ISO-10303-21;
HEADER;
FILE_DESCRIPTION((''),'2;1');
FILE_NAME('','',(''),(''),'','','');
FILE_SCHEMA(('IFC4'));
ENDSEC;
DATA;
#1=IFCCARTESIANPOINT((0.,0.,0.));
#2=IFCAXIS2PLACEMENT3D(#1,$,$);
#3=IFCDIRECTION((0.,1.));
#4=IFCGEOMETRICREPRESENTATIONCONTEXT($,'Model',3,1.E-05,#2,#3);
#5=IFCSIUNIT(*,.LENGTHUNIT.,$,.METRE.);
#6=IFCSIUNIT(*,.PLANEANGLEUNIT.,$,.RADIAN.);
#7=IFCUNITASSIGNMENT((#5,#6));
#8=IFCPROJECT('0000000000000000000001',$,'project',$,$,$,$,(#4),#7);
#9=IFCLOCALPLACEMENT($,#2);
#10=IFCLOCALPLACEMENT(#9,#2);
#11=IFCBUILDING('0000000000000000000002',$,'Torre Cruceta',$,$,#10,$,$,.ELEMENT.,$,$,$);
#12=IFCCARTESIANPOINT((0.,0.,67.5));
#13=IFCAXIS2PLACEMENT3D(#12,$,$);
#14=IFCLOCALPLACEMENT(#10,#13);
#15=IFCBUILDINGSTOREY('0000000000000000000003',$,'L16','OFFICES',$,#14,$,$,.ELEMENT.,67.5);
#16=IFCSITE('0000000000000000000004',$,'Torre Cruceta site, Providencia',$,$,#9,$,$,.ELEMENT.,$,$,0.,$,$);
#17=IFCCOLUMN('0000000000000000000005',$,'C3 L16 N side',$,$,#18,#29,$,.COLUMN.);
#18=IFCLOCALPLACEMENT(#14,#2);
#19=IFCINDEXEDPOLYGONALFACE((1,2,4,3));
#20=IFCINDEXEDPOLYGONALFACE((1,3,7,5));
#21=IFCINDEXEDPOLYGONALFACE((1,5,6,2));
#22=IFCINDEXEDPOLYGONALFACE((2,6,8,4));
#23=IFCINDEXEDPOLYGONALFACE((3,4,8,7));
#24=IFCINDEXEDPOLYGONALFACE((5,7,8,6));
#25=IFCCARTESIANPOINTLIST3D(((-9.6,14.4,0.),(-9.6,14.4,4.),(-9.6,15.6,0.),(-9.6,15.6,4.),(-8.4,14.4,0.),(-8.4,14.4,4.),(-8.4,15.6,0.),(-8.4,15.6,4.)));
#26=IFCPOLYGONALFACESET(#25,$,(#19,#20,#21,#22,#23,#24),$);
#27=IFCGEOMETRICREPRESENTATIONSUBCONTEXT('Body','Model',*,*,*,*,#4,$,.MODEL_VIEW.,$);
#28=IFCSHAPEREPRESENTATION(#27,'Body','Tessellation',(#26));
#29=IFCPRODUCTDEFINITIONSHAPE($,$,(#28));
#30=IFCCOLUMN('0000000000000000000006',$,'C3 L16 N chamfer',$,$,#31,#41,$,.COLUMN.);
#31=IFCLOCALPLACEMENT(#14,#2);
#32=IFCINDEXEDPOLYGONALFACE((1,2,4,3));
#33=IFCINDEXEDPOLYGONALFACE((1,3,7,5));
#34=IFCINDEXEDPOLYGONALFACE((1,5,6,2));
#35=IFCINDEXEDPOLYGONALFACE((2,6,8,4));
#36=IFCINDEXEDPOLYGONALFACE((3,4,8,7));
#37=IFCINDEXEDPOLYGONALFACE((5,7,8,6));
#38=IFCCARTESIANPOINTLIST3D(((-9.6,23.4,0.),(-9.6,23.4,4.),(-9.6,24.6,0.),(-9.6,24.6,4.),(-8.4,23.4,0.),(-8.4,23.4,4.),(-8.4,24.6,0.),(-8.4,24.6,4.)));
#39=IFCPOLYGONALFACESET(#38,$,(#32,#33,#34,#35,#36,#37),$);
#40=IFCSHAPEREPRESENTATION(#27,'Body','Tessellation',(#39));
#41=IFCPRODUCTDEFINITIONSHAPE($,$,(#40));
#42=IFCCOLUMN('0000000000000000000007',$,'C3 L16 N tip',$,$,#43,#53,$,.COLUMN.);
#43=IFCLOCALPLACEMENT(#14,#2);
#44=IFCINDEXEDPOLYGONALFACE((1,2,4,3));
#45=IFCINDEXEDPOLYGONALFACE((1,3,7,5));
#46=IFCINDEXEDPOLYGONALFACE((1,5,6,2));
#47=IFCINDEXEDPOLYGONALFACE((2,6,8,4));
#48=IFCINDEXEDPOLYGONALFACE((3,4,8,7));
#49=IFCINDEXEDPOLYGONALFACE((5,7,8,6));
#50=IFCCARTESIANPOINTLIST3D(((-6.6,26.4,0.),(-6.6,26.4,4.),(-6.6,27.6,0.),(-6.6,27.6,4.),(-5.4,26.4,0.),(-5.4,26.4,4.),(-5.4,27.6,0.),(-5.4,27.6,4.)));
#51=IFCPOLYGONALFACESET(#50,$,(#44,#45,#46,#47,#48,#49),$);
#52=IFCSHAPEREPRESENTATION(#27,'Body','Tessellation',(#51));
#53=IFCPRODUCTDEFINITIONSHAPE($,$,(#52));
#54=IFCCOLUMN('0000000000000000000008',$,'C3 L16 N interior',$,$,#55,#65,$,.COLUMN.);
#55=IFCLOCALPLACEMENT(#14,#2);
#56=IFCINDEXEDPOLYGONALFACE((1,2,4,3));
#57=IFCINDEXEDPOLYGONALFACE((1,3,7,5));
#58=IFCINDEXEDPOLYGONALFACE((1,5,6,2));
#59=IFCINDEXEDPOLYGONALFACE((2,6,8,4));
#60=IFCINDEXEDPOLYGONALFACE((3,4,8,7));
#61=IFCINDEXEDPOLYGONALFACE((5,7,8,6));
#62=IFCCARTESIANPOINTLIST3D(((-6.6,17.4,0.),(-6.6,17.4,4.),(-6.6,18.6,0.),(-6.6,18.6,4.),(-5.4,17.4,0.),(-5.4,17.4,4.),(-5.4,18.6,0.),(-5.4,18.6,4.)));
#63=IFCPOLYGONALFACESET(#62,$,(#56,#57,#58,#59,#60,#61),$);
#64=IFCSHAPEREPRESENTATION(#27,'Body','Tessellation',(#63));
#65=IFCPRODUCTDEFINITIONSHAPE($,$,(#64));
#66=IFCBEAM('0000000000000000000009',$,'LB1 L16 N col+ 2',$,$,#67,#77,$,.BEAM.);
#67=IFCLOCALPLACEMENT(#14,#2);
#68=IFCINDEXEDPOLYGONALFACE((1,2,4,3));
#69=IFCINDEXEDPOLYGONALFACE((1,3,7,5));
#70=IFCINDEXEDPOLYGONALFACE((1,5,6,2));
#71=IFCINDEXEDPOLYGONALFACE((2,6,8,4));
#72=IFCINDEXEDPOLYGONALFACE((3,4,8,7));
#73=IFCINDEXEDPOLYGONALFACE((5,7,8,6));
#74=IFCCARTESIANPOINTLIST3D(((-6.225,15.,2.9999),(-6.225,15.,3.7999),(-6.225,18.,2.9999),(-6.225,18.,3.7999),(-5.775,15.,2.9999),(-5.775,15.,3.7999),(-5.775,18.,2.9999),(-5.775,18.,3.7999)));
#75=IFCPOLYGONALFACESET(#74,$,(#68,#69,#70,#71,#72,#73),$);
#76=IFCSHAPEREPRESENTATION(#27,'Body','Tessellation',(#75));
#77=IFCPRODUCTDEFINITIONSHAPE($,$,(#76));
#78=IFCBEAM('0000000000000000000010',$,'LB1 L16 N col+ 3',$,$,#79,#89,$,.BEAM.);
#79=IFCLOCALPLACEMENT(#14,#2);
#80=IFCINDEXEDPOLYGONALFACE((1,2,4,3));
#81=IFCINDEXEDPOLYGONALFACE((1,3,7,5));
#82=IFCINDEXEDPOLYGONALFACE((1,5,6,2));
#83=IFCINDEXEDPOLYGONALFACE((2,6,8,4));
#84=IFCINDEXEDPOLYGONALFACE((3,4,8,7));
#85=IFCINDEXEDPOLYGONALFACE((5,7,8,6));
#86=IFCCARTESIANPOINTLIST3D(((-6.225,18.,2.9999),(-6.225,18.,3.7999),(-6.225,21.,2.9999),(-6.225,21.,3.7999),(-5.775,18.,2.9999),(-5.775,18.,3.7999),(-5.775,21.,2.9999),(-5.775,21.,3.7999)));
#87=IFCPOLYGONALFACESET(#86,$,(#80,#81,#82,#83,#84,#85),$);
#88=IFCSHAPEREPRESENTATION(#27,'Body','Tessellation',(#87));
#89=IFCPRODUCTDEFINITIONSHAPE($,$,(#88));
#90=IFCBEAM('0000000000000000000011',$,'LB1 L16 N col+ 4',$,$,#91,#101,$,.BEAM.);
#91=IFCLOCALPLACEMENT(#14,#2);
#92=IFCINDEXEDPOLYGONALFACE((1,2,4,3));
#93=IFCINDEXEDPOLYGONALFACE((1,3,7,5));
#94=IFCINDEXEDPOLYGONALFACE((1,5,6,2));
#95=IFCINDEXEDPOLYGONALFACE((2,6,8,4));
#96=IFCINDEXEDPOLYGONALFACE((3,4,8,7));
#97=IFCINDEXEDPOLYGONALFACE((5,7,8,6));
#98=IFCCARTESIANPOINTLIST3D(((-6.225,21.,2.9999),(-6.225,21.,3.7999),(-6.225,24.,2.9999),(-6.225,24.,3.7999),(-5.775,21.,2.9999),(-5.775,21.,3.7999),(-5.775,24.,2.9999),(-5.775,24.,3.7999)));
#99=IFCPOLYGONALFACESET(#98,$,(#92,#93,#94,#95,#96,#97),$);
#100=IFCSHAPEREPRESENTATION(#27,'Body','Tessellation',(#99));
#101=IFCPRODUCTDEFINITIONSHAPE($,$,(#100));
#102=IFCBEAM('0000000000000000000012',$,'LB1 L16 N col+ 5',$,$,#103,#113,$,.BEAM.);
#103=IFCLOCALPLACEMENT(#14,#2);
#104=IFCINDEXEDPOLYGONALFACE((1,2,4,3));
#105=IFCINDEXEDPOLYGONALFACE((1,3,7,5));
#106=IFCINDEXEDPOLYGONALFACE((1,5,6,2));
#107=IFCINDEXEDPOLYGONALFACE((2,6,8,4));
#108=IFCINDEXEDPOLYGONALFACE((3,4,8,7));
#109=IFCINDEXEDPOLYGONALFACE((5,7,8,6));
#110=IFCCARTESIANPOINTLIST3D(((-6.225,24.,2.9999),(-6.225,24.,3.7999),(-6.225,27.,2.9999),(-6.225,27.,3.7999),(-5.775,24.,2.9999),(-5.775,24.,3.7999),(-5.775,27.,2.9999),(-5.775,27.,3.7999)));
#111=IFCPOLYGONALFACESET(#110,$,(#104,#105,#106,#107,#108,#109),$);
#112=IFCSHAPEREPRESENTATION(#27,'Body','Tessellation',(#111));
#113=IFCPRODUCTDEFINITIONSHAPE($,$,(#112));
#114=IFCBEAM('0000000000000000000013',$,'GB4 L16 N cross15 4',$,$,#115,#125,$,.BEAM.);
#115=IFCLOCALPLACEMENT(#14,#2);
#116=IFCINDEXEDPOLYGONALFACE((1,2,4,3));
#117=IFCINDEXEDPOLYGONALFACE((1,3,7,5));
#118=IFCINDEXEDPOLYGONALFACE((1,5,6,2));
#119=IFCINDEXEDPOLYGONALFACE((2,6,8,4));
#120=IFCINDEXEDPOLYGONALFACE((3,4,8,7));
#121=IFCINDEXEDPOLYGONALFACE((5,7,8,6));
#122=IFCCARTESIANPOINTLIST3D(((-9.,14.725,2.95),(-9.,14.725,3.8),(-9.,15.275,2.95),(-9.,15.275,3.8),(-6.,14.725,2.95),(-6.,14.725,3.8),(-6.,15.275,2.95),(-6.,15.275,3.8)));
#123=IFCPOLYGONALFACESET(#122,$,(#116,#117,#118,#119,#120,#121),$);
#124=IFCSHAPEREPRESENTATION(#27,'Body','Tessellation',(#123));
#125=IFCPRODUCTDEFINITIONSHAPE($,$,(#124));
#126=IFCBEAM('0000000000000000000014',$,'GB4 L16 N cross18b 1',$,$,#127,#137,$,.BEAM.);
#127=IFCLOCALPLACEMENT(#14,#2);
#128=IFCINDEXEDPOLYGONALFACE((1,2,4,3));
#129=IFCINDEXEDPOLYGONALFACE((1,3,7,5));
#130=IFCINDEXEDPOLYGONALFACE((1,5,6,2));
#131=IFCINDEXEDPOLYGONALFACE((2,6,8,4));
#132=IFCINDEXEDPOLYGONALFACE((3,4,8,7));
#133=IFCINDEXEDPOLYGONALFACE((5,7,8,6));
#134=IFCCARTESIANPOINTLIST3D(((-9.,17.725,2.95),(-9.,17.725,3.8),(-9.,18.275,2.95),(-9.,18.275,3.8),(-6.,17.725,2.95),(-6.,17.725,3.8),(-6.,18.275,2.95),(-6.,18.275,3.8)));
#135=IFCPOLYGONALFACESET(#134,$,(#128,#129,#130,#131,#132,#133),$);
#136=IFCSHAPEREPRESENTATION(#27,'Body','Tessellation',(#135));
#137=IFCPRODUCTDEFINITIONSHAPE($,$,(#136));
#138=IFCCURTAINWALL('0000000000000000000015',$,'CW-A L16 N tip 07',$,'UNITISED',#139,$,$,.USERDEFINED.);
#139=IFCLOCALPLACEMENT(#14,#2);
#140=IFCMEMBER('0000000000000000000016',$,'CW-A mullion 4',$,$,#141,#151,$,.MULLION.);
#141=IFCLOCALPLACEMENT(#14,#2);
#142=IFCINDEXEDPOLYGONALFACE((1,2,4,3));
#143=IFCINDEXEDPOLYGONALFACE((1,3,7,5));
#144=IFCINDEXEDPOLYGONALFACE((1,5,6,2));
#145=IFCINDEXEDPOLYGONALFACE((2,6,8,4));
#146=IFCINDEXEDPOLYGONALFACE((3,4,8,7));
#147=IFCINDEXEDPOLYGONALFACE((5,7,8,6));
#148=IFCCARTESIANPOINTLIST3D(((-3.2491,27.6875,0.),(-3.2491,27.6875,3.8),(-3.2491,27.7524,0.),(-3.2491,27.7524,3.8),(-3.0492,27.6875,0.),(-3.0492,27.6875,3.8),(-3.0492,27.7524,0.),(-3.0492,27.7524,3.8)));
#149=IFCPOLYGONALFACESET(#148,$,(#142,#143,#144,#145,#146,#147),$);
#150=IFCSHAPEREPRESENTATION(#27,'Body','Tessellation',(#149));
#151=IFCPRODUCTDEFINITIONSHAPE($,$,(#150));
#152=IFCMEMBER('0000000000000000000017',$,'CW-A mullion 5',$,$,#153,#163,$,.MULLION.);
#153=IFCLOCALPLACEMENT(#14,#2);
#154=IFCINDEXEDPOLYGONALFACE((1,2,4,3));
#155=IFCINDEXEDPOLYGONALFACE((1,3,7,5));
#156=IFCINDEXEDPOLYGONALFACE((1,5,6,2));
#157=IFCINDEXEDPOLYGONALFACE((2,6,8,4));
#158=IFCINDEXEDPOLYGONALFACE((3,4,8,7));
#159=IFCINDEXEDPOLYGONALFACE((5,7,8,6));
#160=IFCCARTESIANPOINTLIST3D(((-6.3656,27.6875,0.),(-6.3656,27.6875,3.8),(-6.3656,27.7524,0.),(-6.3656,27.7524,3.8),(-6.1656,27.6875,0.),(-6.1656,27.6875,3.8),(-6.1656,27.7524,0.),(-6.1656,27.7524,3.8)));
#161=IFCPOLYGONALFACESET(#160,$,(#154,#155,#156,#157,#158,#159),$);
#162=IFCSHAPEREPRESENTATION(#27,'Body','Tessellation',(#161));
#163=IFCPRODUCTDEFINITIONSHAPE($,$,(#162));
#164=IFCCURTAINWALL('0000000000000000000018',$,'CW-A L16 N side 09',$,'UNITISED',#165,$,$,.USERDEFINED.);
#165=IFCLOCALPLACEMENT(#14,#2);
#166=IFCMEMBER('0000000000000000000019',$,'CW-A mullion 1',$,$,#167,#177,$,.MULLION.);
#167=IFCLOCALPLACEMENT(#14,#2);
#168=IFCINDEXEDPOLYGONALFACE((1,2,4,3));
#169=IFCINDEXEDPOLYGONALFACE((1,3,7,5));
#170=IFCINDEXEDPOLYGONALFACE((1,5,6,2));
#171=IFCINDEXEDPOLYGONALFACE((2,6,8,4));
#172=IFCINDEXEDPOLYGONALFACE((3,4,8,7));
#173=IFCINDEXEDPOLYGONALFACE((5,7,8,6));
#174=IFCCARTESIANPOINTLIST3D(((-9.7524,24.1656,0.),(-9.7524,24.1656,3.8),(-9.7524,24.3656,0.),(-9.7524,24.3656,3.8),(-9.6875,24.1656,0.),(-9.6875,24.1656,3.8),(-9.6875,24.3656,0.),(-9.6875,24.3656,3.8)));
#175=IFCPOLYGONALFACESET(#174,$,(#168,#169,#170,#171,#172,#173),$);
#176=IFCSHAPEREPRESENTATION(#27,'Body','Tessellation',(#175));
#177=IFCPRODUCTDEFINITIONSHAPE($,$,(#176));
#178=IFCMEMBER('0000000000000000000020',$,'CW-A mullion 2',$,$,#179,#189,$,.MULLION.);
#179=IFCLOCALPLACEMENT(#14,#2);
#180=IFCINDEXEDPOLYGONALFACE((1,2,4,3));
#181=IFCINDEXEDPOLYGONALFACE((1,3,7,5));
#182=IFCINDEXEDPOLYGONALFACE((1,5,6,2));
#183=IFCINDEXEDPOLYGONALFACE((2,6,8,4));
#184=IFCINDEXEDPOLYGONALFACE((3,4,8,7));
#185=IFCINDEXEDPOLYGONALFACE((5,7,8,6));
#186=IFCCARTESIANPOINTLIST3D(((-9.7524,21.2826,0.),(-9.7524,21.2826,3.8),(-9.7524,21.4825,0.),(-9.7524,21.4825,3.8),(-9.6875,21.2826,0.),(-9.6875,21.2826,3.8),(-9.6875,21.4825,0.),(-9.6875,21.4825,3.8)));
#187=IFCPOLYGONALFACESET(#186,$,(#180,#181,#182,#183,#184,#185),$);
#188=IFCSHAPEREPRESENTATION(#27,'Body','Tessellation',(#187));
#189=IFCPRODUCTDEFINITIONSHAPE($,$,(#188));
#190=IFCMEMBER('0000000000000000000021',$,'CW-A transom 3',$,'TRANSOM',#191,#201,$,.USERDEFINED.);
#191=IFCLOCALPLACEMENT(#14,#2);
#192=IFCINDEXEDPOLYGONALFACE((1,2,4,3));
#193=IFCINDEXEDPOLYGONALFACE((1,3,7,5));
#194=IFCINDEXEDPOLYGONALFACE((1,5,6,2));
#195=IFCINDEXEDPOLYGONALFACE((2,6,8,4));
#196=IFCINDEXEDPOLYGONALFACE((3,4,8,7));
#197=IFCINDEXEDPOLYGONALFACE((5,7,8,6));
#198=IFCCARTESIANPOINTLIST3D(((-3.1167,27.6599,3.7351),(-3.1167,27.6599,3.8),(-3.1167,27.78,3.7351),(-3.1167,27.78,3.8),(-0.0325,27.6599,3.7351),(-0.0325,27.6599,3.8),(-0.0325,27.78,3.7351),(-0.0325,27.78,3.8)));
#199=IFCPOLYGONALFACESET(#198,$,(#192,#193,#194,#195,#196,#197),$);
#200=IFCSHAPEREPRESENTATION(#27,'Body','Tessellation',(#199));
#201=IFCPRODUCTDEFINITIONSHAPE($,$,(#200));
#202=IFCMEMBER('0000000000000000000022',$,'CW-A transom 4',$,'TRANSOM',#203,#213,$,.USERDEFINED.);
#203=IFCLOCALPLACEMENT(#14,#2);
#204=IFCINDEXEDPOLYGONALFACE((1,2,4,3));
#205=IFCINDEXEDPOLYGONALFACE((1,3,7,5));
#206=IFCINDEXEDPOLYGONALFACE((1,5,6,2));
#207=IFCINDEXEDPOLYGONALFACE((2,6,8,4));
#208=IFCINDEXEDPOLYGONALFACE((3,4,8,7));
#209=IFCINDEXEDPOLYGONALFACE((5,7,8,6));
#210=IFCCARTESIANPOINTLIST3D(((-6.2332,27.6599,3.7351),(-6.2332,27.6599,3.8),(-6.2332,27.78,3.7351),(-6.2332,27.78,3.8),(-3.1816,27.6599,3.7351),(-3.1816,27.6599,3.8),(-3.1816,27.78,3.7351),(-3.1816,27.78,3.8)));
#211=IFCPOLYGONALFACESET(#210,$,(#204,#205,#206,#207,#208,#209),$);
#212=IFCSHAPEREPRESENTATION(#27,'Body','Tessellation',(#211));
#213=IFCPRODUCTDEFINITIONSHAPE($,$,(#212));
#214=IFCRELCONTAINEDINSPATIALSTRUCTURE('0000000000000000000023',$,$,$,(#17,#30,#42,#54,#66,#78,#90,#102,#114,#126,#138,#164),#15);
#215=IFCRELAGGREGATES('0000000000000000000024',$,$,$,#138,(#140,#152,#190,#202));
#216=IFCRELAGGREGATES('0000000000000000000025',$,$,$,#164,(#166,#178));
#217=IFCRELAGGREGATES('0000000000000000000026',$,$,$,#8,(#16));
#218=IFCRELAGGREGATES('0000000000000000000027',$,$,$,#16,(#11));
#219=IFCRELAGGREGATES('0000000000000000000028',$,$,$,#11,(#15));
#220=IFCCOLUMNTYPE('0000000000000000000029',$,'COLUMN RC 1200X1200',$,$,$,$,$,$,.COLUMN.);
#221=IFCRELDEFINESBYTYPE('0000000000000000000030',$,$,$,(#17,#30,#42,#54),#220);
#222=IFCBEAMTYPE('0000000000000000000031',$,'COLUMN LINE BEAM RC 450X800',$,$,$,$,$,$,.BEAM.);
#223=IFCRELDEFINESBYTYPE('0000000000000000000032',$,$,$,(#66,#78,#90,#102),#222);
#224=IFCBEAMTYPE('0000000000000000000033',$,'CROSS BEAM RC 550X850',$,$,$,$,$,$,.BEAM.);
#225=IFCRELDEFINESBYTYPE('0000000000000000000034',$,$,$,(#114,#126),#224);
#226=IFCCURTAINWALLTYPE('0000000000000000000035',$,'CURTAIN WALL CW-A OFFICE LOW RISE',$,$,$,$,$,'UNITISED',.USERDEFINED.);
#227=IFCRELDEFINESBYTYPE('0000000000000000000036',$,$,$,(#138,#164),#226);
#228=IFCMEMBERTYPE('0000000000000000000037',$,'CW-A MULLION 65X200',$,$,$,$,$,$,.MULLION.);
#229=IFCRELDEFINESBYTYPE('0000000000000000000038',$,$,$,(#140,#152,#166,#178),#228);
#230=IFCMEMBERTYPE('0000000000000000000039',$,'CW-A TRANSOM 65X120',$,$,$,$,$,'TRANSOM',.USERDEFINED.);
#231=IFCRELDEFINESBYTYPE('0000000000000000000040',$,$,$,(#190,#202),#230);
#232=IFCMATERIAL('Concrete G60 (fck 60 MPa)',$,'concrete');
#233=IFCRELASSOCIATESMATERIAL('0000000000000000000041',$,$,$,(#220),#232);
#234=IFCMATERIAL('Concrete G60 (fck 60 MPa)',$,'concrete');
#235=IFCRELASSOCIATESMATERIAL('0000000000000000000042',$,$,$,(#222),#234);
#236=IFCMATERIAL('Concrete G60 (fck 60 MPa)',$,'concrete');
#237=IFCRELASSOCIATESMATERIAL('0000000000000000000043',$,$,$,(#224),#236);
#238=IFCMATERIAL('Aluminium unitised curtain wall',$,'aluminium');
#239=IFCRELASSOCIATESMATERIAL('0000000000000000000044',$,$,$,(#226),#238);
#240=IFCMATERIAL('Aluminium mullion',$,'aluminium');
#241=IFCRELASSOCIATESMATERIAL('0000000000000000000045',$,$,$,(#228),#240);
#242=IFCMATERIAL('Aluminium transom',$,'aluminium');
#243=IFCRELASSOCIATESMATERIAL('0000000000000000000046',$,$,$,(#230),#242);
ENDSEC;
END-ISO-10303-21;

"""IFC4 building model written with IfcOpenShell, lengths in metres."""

from ifc_helpers import new_model, si_unit, direction, frame, origin, origin_2d, place, context, subcontext, project, spatial, rectangle, extrude, material, material_profile, profile_set, type_object, element, aggregate, save


model = new_model("IFC4")

# Units and contexts
model_context = context("Model", 3, precision=1e-05, world=origin(), true_north=direction((0.0, 1.0)))
body_context = subcontext(model_context, "Body", "Model", "MODEL_VIEW")
ifc_project = project(units=[si_unit("LENGTHUNIT", "METRE"), si_unit("PLANEANGLEUNIT", "RADIAN")], contexts=[model_context])

# Site, building, storey
site_placement = place(None, origin())
site = spatial("IfcSite", under=ifc_project, at=site_placement, Name="Torre Cruceta site, Providencia", CompositionType="ELEMENT", RefElevation=0.0)
building_placement = place(site_placement, origin())
building = spatial("IfcBuilding", under=site, at=building_placement, Name="Torre Cruceta", CompositionType="ELEMENT")
storey_placement = place(building_placement, frame((0.0, 0.0, 67.5)))
storey = spatial("IfcBuildingStorey", under=building, at=storey_placement, Name="L16", Description="OFFICES", CompositionType="ELEMENT", Elevation=67.5)

# Columns
ifc_material_1 = material(Name="Concrete G60 (fck 60 MPa)", Category="concrete")
ifc_material_profile_1 = material_profile(ifc_material_1, rectangle(XDim=1.2, YDim=1.2, at=origin_2d()), Name="RC 1200X1200")
ifc_profile_set_1 = profile_set([ifc_material_profile_1], Name="Concrete G60 (fck 60 MPa)")
column_type = type_object("IfcColumnType", Name="COLUMN RC 1200X1200", PredefinedType="COLUMN", material=ifc_profile_set_1)
for number, where, z_axis, x_axis, name in (
    (1, (-9.0, 15.0, 0.0), (0.0, 0.0, 1.0), (1.0, 0.0, 0.0), "C3 L16 N side"),
    (2, (-9.0, 24.0, 0.0), (0.0, 0.0, 1.0), (1.0, 0.0, 0.0), "C3 L16 N chamfer"),
    (3, (-6.0, 27.0, 0.0), (0.0, 0.0, 1.0), (1.0, 0.0, 0.0), "C3 L16 N tip"),
    (4, (-6.0, 18.0, 0.0), (0.0, 0.0, 1.0), (1.0, 0.0, 0.0), "C3 L16 N interior"),
):
    element("IfcColumn", number, at=place(storey_placement, frame(where, z_axis=z_axis, x_axis=x_axis)), inside=storey, type_object=column_type, Name=name, PredefinedType="COLUMN", context=body_context, shape_type="SweptSolid", body=[
        extrude(rectangle(XDim=1.2, YDim=1.2, at=origin_2d()), origin(), (0.0, 0.0, 1.0), 4.0),
    ])

# Beams
ifc_material_2 = material(Name="Concrete G60 (fck 60 MPa)", Category="concrete")
ifc_material_profile_2 = material_profile(ifc_material_2, rectangle(XDim=0.45, YDim=0.8, at=origin_2d()), Name="RC 450X800")
ifc_profile_set_2 = profile_set([ifc_material_profile_2], Name="Concrete G60 (fck 60 MPa)")
beam_type_1 = type_object("IfcBeamType", Name="COLUMN LINE BEAM RC 450X800", PredefinedType="BEAM", material=ifc_profile_set_2)
for number, where, z_axis, x_axis, name in (
    (5, (-6.0, 15.0, 3.3999), (0.0, 1.0, 0.0), (-1.0, 0.0, 0.0), "LB1 L16 N col+ 2"),
    (6, (-6.0, 18.0, 3.3999), (0.0, 1.0, 0.0), (-1.0, 0.0, 0.0), "LB1 L16 N col+ 3"),
    (7, (-6.0, 21.0, 3.3999), (0.0, 1.0, 0.0), (-1.0, 0.0, 0.0), "LB1 L16 N col+ 4"),
    (8, (-6.0, 24.0, 3.3999), (0.0, 1.0, 0.0), (-1.0, 0.0, 0.0), "LB1 L16 N col+ 5"),
):
    element("IfcBeam", number, at=place(storey_placement, frame(where, z_axis=z_axis, x_axis=x_axis)), inside=storey, type_object=beam_type_1, Name=name, PredefinedType="BEAM", context=body_context, shape_type="SweptSolid", body=[
        extrude(rectangle(XDim=0.45, YDim=0.8, at=origin_2d()), origin(), (0.0, 0.0, 1.0), 3.0),
    ])
ifc_material_3 = material(Name="Concrete G60 (fck 60 MPa)", Category="concrete")
ifc_material_profile_3 = material_profile(ifc_material_3, rectangle(XDim=0.55, YDim=0.8501, at=origin_2d()), Name="RC 550X850")
ifc_profile_set_3 = profile_set([ifc_material_profile_3], Name="Concrete G60 (fck 60 MPa)")
beam_type_2 = type_object("IfcBeamType", Name="CROSS BEAM RC 550X850", PredefinedType="BEAM", material=ifc_profile_set_3)
for number, where, z_axis, x_axis, name in (
    (9, (-6.0, 15.0, 3.375), (-1.0, 0.0, 0.0), (0.0, -1.0, 0.0), "GB4 L16 N cross15 4"),
    (10, (-6.0, 18.0, 3.375), (-1.0, 0.0, 0.0), (0.0, -1.0, 0.0), "GB4 L16 N cross18b 1"),
):
    element("IfcBeam", number, at=place(storey_placement, frame(where, z_axis=z_axis, x_axis=x_axis)), inside=storey, type_object=beam_type_2, Name=name, PredefinedType="BEAM", context=body_context, shape_type="SweptSolid", body=[
        extrude(rectangle(XDim=0.55, YDim=0.8501, at=origin_2d()), origin(), (0.0, 0.0, 1.0), 3.0),
    ])

# Curtain walls, members
ifc_material_4 = material(Name="Aluminium unitised curtain wall", Category="aluminium")
curtain_wall_type = type_object("IfcCurtainWallType", Name="CURTAIN WALL CW-A OFFICE LOW RISE", ElementType="UNITISED", PredefinedType="USERDEFINED", material=ifc_material_4)
curtain_wall_1_placement = place(storey_placement, origin())
curtain_wall_1 = element("IfcCurtainWall", 11, at=curtain_wall_1_placement, inside=storey, type_object=curtain_wall_type, Name="CW-A L16 N tip 07", ObjectType="UNITISED", PredefinedType="USERDEFINED")
ifc_material_5 = material(Name="Aluminium mullion", Category="aluminium")
ifc_material_profile_4 = material_profile(ifc_material_5, rectangle(XDim=0.0649, YDim=0.2, at=origin_2d()), Name="AL 65X200")
ifc_profile_set_4 = profile_set([ifc_material_profile_4], Name="Aluminium mullion")
member_type_1 = type_object("IfcMemberType", Name="CW-A MULLION 65X200", PredefinedType="MULLION", material=ifc_profile_set_4)
member_1_placement = place(storey_placement, frame((-3.1492, 27.72, 0.0), z_axis=(0.0, 0.0, 1.0), x_axis=(0.0, -1.0, 0.0)))
member_1 = element("IfcMember", 12, at=member_1_placement, type_object=member_type_1, Name="CW-A mullion 4", PredefinedType="MULLION", context=body_context, shape_type="SweptSolid", body=[
    extrude(rectangle(XDim=0.0649, YDim=0.2, at=origin_2d()), origin(), (0.0, 0.0, 1.0), 3.8),
])
member_2_placement = place(storey_placement, frame((-6.2656, 27.72, 0.0), z_axis=(0.0, 0.0, 1.0), x_axis=(0.0, -1.0, 0.0)))
member_2 = element("IfcMember", 13, at=member_2_placement, type_object=member_type_1, Name="CW-A mullion 5", PredefinedType="MULLION", context=body_context, shape_type="SweptSolid", body=[
    extrude(rectangle(XDim=0.0649, YDim=0.2, at=origin_2d()), origin(), (0.0, 0.0, 1.0), 3.8),
])
curtain_wall_2_placement = place(storey_placement, origin())
curtain_wall_2 = element("IfcCurtainWall", 14, at=curtain_wall_2_placement, inside=storey, type_object=curtain_wall_type, Name="CW-A L16 N side 09", ObjectType="UNITISED", PredefinedType="USERDEFINED")
member_3_placement = place(storey_placement, frame((-9.72, 24.2656, 0.0), z_axis=(0.0, 0.0, 1.0), x_axis=(1.0, 0.0, 0.0)))
member_3 = element("IfcMember", 15, at=member_3_placement, type_object=member_type_1, Name="CW-A mullion 1", PredefinedType="MULLION", context=body_context, shape_type="SweptSolid", body=[
    extrude(rectangle(XDim=0.0649, YDim=0.2, at=origin_2d()), origin(), (0.0, 0.0, 1.0), 3.8),
])
member_4_placement = place(storey_placement, frame((-9.72, 21.3826, 0.0), z_axis=(0.0, 0.0, 1.0), x_axis=(1.0, 0.0, 0.0)))
member_4 = element("IfcMember", 16, at=member_4_placement, type_object=member_type_1, Name="CW-A mullion 2", PredefinedType="MULLION", context=body_context, shape_type="SweptSolid", body=[
    extrude(rectangle(XDim=0.0649, YDim=0.2, at=origin_2d()), origin(), (0.0, 0.0, 1.0), 3.8),
])

# Members
ifc_material_6 = material(Name="Aluminium transom", Category="aluminium")
ifc_material_profile_5 = material_profile(ifc_material_6, rectangle(XDim=0.1201, YDim=0.0649, at=origin_2d()), Name="AL 120X65")
ifc_profile_set_5 = profile_set([ifc_material_profile_5], Name="Aluminium transom")
member_type_2 = type_object("IfcMemberType", Name="CW-A TRANSOM 65X120", ElementType="TRANSOM", PredefinedType="USERDEFINED", material=ifc_profile_set_5)
member_5_placement = place(storey_placement, frame((-0.0325, 27.72, 3.7676), z_axis=(-1.0, 0.0, 0.0), x_axis=(0.0, -1.0, 0.0)))
member_5 = element("IfcMember", 17, at=member_5_placement, type_object=member_type_2, Name="CW-A transom 3", ObjectType="TRANSOM", PredefinedType="USERDEFINED", context=body_context, shape_type="SweptSolid", body=[
    extrude(rectangle(XDim=0.1201, YDim=0.0649, at=origin_2d()), origin(), (0.0, 0.0, 1.0), 3.0842),
])
member_6_placement = place(storey_placement, frame((-3.1816, 27.72, 3.7676), z_axis=(-1.0, 0.0, 0.0), x_axis=(0.0, -1.0, 0.0)))
member_6 = element("IfcMember", 18, at=member_6_placement, type_object=member_type_2, Name="CW-A transom 4", ObjectType="TRANSOM", PredefinedType="USERDEFINED", context=body_context, shape_type="SweptSolid", body=[
    extrude(rectangle(XDim=0.1201, YDim=0.0649, at=origin_2d()), origin(), (0.0, 0.0, 1.0), 3.0515),
])

aggregate(curtain_wall_1, [member_1, member_2, member_5, member_6])
aggregate(curtain_wall_2, [member_3, member_4])

save(model, "model.ifc")
